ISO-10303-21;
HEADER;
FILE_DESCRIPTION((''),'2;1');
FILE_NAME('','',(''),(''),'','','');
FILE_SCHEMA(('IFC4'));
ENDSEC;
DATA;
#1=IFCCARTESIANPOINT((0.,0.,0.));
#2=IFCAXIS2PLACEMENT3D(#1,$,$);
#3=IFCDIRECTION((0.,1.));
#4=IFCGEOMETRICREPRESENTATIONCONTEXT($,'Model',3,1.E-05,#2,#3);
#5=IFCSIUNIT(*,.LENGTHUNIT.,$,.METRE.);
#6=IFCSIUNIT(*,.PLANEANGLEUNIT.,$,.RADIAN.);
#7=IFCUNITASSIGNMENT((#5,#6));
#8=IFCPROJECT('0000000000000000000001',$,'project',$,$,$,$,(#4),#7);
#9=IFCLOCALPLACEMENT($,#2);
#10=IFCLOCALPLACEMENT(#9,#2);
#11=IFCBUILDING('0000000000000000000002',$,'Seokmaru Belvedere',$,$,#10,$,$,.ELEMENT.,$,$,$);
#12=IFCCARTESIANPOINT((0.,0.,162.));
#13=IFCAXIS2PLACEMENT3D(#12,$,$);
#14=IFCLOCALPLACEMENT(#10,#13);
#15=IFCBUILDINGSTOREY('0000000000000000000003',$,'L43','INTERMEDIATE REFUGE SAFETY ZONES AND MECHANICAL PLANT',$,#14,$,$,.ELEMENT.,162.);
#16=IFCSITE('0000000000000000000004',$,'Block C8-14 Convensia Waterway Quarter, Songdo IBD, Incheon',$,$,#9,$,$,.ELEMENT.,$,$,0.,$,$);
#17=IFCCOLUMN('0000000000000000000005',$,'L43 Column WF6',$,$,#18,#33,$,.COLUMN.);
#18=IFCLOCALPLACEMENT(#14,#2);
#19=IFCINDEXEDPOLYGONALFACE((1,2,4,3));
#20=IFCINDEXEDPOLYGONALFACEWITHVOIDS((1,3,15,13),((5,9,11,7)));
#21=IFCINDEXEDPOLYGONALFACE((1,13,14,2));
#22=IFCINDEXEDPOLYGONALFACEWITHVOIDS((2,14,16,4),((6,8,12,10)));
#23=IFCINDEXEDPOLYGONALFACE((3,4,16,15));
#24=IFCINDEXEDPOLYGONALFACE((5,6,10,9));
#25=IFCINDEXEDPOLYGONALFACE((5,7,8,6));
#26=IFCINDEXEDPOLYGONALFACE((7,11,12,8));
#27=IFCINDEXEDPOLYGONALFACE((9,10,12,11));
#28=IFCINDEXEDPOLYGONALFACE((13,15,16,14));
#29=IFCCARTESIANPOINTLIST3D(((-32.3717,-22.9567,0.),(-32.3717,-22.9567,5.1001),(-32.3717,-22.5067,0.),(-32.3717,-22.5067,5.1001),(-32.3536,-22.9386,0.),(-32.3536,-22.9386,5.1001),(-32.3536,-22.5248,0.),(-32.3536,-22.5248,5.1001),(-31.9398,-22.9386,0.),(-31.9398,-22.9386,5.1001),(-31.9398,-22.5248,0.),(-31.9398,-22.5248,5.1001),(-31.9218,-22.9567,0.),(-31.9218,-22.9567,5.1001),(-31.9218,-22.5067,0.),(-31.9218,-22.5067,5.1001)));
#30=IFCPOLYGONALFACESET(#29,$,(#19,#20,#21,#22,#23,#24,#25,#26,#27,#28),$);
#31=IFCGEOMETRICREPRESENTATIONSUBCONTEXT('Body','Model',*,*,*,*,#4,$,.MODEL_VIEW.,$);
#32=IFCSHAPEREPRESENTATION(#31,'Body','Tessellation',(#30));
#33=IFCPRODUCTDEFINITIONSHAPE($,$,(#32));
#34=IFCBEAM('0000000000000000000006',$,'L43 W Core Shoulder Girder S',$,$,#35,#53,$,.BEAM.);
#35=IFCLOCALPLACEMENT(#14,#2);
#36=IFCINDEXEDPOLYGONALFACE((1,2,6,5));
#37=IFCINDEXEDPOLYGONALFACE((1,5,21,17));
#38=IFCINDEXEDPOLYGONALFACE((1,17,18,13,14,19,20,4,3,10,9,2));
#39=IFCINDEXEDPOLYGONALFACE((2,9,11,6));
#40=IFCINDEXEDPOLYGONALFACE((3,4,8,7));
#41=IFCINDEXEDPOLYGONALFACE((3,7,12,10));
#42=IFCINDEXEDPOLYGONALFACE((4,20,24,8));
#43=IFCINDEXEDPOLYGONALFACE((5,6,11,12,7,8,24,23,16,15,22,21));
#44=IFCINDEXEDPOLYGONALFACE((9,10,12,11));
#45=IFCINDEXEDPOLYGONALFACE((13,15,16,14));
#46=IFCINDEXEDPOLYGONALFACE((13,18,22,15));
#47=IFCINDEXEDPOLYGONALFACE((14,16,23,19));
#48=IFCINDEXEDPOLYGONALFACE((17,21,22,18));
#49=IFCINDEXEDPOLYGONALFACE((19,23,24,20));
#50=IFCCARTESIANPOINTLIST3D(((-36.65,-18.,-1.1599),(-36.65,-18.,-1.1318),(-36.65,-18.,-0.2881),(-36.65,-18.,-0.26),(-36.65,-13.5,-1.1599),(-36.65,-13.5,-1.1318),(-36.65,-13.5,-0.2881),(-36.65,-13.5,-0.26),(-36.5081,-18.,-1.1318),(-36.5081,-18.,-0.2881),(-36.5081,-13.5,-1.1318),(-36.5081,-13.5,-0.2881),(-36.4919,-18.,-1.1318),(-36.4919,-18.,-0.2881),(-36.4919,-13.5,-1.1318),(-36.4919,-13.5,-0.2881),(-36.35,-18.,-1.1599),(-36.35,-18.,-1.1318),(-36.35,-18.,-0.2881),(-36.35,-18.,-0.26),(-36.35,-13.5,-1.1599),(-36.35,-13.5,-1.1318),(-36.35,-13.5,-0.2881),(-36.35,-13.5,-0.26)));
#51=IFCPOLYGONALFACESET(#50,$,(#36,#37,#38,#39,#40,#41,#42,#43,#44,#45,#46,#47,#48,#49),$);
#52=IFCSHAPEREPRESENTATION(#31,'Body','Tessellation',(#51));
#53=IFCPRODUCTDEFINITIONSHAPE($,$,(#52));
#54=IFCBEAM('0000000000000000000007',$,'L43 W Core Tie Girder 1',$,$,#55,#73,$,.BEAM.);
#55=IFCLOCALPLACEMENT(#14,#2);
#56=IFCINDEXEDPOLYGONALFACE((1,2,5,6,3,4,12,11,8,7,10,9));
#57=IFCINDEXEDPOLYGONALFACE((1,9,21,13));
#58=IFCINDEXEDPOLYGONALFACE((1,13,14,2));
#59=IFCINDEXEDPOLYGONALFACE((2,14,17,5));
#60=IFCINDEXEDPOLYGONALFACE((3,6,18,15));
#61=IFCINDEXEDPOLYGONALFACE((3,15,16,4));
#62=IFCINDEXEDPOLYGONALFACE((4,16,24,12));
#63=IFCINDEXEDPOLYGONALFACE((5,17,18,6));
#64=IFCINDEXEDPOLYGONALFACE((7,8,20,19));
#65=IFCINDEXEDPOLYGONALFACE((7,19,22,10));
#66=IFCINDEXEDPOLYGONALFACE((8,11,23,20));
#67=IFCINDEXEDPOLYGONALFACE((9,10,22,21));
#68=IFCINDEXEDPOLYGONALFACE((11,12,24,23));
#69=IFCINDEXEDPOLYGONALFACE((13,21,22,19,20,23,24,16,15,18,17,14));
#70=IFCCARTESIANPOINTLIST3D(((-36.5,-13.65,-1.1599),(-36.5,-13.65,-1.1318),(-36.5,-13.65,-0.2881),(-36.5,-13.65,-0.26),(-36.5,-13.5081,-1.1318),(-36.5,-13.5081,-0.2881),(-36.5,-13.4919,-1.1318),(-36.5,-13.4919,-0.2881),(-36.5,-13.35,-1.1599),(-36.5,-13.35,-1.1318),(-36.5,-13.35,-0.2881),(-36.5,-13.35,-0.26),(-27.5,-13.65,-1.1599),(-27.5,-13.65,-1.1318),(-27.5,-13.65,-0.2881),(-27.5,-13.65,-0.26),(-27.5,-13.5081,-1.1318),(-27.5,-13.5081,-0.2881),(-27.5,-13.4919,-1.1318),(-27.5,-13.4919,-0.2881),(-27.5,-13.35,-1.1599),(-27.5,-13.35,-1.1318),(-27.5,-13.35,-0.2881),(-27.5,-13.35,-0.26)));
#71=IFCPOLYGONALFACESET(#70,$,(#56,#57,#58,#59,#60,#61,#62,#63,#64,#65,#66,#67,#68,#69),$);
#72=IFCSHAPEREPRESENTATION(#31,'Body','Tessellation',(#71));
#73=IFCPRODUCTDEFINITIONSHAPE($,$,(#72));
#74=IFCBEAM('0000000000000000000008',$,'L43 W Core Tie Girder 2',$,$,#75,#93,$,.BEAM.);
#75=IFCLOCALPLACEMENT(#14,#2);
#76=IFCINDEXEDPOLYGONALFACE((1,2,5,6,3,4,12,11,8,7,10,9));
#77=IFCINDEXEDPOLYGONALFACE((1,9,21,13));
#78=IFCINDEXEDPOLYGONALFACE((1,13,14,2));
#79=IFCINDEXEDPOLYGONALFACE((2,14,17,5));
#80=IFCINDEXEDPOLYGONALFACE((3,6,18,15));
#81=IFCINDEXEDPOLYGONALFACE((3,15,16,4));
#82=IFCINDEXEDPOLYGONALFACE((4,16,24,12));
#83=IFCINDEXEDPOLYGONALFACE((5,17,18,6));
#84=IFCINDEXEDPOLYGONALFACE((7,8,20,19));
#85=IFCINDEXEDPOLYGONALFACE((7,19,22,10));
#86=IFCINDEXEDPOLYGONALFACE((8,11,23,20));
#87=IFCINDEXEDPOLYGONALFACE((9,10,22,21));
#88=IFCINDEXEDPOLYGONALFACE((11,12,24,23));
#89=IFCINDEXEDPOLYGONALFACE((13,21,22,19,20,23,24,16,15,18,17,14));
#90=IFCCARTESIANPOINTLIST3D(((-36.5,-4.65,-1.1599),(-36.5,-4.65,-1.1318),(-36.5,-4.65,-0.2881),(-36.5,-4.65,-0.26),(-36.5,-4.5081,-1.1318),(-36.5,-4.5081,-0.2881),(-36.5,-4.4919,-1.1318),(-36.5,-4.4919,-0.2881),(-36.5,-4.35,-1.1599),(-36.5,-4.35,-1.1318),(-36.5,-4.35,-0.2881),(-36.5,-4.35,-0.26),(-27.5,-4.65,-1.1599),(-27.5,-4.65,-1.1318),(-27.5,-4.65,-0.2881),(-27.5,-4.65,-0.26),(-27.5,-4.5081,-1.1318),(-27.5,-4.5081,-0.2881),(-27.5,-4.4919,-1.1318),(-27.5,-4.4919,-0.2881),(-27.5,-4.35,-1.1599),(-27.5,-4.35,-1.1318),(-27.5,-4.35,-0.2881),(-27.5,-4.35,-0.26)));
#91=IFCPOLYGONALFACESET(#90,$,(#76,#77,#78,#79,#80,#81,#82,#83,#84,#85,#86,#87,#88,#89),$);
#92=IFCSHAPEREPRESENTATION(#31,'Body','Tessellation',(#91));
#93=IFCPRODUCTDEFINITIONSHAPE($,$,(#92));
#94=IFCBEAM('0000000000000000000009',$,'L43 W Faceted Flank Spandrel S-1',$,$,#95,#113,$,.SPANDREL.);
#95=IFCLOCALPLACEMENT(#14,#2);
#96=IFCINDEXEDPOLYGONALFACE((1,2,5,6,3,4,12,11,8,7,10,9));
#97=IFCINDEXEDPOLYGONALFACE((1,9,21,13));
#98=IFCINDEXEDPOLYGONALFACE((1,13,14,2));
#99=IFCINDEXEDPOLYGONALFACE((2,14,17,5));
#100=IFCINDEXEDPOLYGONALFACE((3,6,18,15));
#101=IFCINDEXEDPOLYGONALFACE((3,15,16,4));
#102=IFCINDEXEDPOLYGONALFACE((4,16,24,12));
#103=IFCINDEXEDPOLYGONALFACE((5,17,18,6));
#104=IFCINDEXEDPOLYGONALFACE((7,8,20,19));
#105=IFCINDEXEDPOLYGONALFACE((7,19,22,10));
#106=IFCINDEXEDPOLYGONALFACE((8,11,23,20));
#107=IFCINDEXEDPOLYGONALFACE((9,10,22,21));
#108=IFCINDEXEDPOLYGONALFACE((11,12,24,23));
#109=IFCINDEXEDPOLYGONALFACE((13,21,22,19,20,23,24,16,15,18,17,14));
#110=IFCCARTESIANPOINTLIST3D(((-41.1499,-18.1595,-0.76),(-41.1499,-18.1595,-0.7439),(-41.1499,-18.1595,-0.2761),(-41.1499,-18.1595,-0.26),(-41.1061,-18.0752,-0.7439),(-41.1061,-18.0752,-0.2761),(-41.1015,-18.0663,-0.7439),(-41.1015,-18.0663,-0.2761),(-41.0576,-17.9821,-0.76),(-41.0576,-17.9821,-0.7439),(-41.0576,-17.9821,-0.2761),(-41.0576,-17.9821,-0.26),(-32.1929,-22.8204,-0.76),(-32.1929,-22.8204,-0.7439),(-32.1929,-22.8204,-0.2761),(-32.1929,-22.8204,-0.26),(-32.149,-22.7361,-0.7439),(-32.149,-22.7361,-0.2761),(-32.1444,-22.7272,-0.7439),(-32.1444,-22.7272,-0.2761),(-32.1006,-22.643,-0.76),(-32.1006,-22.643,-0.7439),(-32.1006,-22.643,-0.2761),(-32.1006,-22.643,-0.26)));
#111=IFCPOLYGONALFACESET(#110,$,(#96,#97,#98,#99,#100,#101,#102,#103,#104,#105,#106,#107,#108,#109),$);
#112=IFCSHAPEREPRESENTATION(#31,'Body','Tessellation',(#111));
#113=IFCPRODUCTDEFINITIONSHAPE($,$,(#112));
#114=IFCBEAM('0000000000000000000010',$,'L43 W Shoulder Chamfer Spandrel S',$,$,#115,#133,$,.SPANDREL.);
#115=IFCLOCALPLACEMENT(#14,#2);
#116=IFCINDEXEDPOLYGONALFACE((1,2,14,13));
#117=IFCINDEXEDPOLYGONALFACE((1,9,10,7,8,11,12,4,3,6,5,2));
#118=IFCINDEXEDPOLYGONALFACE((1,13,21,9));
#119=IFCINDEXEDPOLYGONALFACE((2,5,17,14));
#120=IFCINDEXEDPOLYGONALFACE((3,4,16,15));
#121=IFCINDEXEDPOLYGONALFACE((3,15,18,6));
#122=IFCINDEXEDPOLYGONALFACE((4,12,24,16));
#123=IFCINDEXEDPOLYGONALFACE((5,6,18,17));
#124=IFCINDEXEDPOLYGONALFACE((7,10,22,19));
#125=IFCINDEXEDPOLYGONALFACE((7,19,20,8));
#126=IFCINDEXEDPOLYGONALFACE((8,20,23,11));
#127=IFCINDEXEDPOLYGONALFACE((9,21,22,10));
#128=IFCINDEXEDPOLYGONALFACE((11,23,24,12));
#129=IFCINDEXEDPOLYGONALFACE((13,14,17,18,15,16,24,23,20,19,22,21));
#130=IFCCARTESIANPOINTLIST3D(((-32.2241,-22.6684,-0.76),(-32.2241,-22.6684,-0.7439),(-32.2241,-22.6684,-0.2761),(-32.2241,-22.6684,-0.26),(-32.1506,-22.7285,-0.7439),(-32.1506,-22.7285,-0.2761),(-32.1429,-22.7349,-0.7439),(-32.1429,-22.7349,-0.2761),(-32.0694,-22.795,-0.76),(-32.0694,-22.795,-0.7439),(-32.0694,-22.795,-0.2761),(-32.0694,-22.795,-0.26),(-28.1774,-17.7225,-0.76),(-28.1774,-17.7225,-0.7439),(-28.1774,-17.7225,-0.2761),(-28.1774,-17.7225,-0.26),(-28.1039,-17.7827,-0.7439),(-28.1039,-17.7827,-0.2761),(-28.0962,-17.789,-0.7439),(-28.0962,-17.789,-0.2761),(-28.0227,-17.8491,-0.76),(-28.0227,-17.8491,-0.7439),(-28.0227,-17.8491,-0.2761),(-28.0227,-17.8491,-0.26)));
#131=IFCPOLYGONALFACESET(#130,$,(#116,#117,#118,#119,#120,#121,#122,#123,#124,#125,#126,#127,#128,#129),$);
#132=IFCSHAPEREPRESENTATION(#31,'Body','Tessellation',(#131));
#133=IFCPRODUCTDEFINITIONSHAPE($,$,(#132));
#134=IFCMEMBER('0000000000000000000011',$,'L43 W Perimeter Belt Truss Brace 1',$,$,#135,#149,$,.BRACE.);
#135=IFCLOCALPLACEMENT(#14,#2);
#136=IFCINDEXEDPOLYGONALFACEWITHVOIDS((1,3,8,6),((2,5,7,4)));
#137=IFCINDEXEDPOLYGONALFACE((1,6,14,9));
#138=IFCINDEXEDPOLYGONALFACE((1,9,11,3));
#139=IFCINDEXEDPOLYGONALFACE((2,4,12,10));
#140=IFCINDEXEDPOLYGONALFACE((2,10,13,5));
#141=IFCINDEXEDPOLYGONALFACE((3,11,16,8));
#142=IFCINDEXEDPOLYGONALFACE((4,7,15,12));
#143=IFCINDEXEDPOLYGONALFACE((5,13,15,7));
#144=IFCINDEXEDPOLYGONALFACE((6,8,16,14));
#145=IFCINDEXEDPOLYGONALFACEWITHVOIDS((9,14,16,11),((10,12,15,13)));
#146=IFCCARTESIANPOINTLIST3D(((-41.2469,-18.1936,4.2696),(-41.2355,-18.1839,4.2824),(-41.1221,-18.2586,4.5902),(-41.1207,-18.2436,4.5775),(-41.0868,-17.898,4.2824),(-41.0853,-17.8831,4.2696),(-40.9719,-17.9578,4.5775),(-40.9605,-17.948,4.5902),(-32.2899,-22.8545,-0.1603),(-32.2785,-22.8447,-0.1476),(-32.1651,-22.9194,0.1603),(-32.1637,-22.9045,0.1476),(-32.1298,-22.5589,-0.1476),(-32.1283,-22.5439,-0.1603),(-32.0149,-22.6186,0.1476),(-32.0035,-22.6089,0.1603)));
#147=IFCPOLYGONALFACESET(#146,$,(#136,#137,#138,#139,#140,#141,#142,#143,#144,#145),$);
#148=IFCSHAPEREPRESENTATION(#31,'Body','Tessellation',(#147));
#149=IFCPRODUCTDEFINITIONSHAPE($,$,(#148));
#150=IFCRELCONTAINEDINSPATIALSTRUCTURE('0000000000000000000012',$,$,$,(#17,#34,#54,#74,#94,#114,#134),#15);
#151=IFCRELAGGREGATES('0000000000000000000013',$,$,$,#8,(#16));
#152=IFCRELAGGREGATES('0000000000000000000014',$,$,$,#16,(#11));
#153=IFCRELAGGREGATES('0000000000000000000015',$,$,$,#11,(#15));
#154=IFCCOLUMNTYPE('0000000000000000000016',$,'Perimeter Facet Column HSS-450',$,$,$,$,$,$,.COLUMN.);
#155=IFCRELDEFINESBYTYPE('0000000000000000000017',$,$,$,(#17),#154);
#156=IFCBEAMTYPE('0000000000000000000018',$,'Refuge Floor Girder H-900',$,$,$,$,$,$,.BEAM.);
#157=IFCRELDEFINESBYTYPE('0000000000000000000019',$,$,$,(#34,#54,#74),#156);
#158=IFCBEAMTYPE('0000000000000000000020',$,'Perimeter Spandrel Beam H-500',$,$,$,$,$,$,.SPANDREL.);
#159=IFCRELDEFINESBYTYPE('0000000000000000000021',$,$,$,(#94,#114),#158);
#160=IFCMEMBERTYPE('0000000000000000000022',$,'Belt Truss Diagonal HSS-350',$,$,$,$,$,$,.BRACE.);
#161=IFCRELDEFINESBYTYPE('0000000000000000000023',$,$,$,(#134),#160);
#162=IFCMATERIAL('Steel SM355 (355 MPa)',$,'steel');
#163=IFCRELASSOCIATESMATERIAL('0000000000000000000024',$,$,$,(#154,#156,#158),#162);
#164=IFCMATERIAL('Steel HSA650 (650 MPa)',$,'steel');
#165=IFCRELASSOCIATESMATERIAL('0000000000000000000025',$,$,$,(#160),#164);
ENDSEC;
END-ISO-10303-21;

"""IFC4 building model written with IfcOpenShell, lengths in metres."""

from ifc_helpers import new_model, si_unit, direction, frame, origin, origin_2d, place, context, subcontext, project, spatial, hollow_rectangle, i_section, extrude, source, transform, mapped, material, material_profile, profile_set, type_object, type_shapes, element, save


model = new_model("IFC4")

# Units and contexts
model_context = context("Model", 3, precision=1e-05, world=origin(), true_north=direction((0.0, 1.0)))
body_context = subcontext(model_context, "Body", "Model", "MODEL_VIEW")
ifc_project = project(units=[si_unit("LENGTHUNIT", "METRE"), si_unit("PLANEANGLEUNIT", "RADIAN")], contexts=[model_context])

# Site, building, storey
site_placement = place(None, origin())
site = spatial("IfcSite", under=ifc_project, at=site_placement, Name="Block C8-14 Convensia Waterway Quarter, Songdo IBD, Incheon", CompositionType="ELEMENT", RefElevation=0.0)
building_placement = place(site_placement, origin())
building = spatial("IfcBuilding", under=site, at=building_placement, Name="Seokmaru Belvedere", CompositionType="ELEMENT")
storey_placement = place(building_placement, frame((0.0, 0.0, 162.0)))
storey = spatial("IfcBuildingStorey", under=building, at=storey_placement, Name="L43", Description="INTERMEDIATE REFUGE SAFETY ZONES AND MECHANICAL PLANT", CompositionType="ELEMENT", Elevation=162.0)

# Column
ifc_material_1 = material(Name="Steel SM355 (355 MPa)", Category="steel")
ifc_material_profile_1 = material_profile(ifc_material_1, hollow_rectangle(XDim=0.45, YDim=0.45, WallThickness=0.0181, at=origin_2d()), Name="HSS-450x450x18")
ifc_profile_set_1 = profile_set([ifc_material_profile_1], Name="Steel SM355 (355 MPa)")
column_type = type_object("IfcColumnType", Name="Perimeter Facet Column HSS-450", PredefinedType="COLUMN", material=ifc_profile_set_1)
shared_shape_1 = source(origin(), body_context, "Body", "SweptSolid", [
    extrude(hollow_rectangle(XDim=0.45, YDim=0.45, WallThickness=0.0181, at=origin_2d()), origin(), (0.0, 0.0, 1.0), 5.1001),
])
type_shapes(column_type, [shared_shape_1])
column_placement = place(storey_placement, frame((-32.1467, -22.7317, 0.0), z_axis=(0.0, 0.0, 1.0), x_axis=(1.0, 0.0, 0.0)))
element("IfcColumn", 1, at=column_placement, inside=storey, type_object=column_type, Name="L43 Column WF6", PredefinedType="COLUMN", context=body_context, shape_type="MappedRepresentation", body=[
    mapped(shared_shape_1, transform((0.0, 0.0, 0.0), scale=1.0)),
])

# Beams
ifc_material_profile_2 = material_profile(ifc_material_1, i_section(OverallWidth=0.3, OverallDepth=0.8999, WebThickness=0.0161, FlangeThickness=0.0281, at=origin_2d()), Name="H-900x300x16x28")
ifc_profile_set_2 = profile_set([ifc_material_profile_2], Name="Steel SM355 (355 MPa)")
beam_type_1 = type_object("IfcBeamType", Name="Refuge Floor Girder H-900", PredefinedType="BEAM", material=ifc_profile_set_2)
shared_shape_2 = source(origin(), body_context, "Body", "SweptSolid", [
    extrude(i_section(OverallWidth=0.3, OverallDepth=0.8999, WebThickness=0.0161, FlangeThickness=0.0281, at=origin_2d()), origin(), (0.0, 0.0, 1.0), 4.5),
])
beam_1_placement = place(storey_placement, frame((-36.5, -18.0, -0.71), z_axis=(0.0, 1.0, 0.0), x_axis=(-1.0, 0.0, 0.0)))
element("IfcBeam", 2, at=beam_1_placement, inside=storey, type_object=beam_type_1, Name="L43 W Core Shoulder Girder S", PredefinedType="BEAM", context=body_context, shape_type="MappedRepresentation", body=[
    mapped(shared_shape_2, transform((0.0, 0.0, 0.0), scale=1.0)),
])
shared_shape_3 = source(origin(), body_context, "Body", "SweptSolid", [
    extrude(i_section(OverallWidth=0.3, OverallDepth=0.8999, WebThickness=0.0161, FlangeThickness=0.0281, at=origin_2d()), origin(), (0.0, 0.0, 1.0), 9.0),
])
type_shapes(beam_type_1, [shared_shape_2, shared_shape_3])
for number, where, z_axis, x_axis, name in (
    (3, (-36.5, -13.5, -0.71), (1.0, 0.0, 0.0), (0.0, 1.0, 0.0), "L43 W Core Tie Girder 1"),
    (4, (-36.5, -4.5, -0.71), (1.0, 0.0, 0.0), (0.0, 1.0, 0.0), "L43 W Core Tie Girder 2"),
):
    element("IfcBeam", number, at=place(storey_placement, frame(where, z_axis=z_axis, x_axis=x_axis)), inside=storey, type_object=beam_type_1, Name=name, PredefinedType="BEAM", context=body_context, shape_type="MappedRepresentation", body=[
        mapped(shared_shape_3, transform((0.0, 0.0, 0.0), scale=1.0)),
    ])
ifc_material_profile_3 = material_profile(ifc_material_1, i_section(OverallWidth=0.2, OverallDepth=0.5, WebThickness=0.01, FlangeThickness=0.0161, at=origin_2d()), Name="H-500x200x10x16")
ifc_profile_set_3 = profile_set([ifc_material_profile_3], Name="Steel SM355 (355 MPa)")
beam_type_2 = type_object("IfcBeamType", Name="Perimeter Spandrel Beam H-500", PredefinedType="SPANDREL", material=ifc_profile_set_3)
shared_shape_4 = source(origin(), body_context, "Body", "SweptSolid", [
    extrude(i_section(OverallWidth=0.2, OverallDepth=0.5, WebThickness=0.01, FlangeThickness=0.0161, at=origin_2d()), origin(), (0.0, 0.0, 1.0), 10.0972),
])
beam_2_placement = place(storey_placement, frame((-32.1467, -22.7317, -0.51), z_axis=(-0.887086, 0.461605, 0.0), x_axis=(-0.461605, -0.887086, 0.0)))
element("IfcBeam", 5, at=beam_2_placement, inside=storey, type_object=beam_type_2, Name="L43 W Faceted Flank Spandrel S-1", PredefinedType="SPANDREL", context=body_context, shape_type="MappedRepresentation", body=[
    mapped(shared_shape_4, transform((0.0, 0.0, 0.0), scale=1.0)),
])
shared_shape_5 = source(origin(), body_context, "Body", "SweptSolid", [
    extrude(i_section(OverallWidth=0.2, OverallDepth=0.5, WebThickness=0.01, FlangeThickness=0.0161, at=origin_2d()), origin(), (0.0, 0.0, 1.0), 6.3904),
])
type_shapes(beam_type_2, [shared_shape_4, shared_shape_5])
beam_3_placement = place(storey_placement, frame((-32.1467, -22.7317, -0.51), z_axis=(0.633244, 0.773952, 0.0), x_axis=(-0.773952, 0.633244, 0.0)))
element("IfcBeam", 6, at=beam_3_placement, inside=storey, type_object=beam_type_2, Name="L43 W Shoulder Chamfer Spandrel S", PredefinedType="SPANDREL", context=body_context, shape_type="MappedRepresentation", body=[
    mapped(shared_shape_5, transform((0.0, 0.0, 0.0), scale=1.0)),
])

# Member
ifc_material_2 = material(Name="Steel HSA650 (650 MPa)", Category="steel")
ifc_material_profile_4 = material_profile(ifc_material_2, hollow_rectangle(XDim=0.3501, YDim=0.3501, WallThickness=0.0139, at=origin_2d()), Name="HSS-350x350x14")
ifc_profile_set_4 = profile_set([ifc_material_profile_4], Name="Steel HSA650 (650 MPa)")
member_type_1 = type_object("IfcMemberType", Name="Belt Truss Diagonal HSS-350", PredefinedType="BRACE", material=ifc_profile_set_4)
shared_shape_6 = source(origin(), body_context, "Body", "SweptSolid", [
    extrude(hollow_rectangle(XDim=0.3501, YDim=0.3501, WallThickness=0.0139, at=origin_2d()), origin(), (0.0, 0.0, 1.0), 11.0261),
])
type_shapes(member_type_1, [shared_shape_6])
member_1_placement = place(storey_placement, frame((-32.1467, -22.7317, 0.0), z_axis=(-0.812342, 0.422711, 0.401765), x_axis=(-0.461605, -0.887086, 0.0)))
element("IfcMember", 7, at=member_1_placement, inside=storey, type_object=member_type_1, Name="L43 W Perimeter Belt Truss Brace 1", PredefinedType="BRACE", context=body_context, shape_type="MappedRepresentation", body=[
    mapped(shared_shape_6, transform((0.0, 0.0, 0.0), scale=1.0)),
])

save(model, "model.ifc")
